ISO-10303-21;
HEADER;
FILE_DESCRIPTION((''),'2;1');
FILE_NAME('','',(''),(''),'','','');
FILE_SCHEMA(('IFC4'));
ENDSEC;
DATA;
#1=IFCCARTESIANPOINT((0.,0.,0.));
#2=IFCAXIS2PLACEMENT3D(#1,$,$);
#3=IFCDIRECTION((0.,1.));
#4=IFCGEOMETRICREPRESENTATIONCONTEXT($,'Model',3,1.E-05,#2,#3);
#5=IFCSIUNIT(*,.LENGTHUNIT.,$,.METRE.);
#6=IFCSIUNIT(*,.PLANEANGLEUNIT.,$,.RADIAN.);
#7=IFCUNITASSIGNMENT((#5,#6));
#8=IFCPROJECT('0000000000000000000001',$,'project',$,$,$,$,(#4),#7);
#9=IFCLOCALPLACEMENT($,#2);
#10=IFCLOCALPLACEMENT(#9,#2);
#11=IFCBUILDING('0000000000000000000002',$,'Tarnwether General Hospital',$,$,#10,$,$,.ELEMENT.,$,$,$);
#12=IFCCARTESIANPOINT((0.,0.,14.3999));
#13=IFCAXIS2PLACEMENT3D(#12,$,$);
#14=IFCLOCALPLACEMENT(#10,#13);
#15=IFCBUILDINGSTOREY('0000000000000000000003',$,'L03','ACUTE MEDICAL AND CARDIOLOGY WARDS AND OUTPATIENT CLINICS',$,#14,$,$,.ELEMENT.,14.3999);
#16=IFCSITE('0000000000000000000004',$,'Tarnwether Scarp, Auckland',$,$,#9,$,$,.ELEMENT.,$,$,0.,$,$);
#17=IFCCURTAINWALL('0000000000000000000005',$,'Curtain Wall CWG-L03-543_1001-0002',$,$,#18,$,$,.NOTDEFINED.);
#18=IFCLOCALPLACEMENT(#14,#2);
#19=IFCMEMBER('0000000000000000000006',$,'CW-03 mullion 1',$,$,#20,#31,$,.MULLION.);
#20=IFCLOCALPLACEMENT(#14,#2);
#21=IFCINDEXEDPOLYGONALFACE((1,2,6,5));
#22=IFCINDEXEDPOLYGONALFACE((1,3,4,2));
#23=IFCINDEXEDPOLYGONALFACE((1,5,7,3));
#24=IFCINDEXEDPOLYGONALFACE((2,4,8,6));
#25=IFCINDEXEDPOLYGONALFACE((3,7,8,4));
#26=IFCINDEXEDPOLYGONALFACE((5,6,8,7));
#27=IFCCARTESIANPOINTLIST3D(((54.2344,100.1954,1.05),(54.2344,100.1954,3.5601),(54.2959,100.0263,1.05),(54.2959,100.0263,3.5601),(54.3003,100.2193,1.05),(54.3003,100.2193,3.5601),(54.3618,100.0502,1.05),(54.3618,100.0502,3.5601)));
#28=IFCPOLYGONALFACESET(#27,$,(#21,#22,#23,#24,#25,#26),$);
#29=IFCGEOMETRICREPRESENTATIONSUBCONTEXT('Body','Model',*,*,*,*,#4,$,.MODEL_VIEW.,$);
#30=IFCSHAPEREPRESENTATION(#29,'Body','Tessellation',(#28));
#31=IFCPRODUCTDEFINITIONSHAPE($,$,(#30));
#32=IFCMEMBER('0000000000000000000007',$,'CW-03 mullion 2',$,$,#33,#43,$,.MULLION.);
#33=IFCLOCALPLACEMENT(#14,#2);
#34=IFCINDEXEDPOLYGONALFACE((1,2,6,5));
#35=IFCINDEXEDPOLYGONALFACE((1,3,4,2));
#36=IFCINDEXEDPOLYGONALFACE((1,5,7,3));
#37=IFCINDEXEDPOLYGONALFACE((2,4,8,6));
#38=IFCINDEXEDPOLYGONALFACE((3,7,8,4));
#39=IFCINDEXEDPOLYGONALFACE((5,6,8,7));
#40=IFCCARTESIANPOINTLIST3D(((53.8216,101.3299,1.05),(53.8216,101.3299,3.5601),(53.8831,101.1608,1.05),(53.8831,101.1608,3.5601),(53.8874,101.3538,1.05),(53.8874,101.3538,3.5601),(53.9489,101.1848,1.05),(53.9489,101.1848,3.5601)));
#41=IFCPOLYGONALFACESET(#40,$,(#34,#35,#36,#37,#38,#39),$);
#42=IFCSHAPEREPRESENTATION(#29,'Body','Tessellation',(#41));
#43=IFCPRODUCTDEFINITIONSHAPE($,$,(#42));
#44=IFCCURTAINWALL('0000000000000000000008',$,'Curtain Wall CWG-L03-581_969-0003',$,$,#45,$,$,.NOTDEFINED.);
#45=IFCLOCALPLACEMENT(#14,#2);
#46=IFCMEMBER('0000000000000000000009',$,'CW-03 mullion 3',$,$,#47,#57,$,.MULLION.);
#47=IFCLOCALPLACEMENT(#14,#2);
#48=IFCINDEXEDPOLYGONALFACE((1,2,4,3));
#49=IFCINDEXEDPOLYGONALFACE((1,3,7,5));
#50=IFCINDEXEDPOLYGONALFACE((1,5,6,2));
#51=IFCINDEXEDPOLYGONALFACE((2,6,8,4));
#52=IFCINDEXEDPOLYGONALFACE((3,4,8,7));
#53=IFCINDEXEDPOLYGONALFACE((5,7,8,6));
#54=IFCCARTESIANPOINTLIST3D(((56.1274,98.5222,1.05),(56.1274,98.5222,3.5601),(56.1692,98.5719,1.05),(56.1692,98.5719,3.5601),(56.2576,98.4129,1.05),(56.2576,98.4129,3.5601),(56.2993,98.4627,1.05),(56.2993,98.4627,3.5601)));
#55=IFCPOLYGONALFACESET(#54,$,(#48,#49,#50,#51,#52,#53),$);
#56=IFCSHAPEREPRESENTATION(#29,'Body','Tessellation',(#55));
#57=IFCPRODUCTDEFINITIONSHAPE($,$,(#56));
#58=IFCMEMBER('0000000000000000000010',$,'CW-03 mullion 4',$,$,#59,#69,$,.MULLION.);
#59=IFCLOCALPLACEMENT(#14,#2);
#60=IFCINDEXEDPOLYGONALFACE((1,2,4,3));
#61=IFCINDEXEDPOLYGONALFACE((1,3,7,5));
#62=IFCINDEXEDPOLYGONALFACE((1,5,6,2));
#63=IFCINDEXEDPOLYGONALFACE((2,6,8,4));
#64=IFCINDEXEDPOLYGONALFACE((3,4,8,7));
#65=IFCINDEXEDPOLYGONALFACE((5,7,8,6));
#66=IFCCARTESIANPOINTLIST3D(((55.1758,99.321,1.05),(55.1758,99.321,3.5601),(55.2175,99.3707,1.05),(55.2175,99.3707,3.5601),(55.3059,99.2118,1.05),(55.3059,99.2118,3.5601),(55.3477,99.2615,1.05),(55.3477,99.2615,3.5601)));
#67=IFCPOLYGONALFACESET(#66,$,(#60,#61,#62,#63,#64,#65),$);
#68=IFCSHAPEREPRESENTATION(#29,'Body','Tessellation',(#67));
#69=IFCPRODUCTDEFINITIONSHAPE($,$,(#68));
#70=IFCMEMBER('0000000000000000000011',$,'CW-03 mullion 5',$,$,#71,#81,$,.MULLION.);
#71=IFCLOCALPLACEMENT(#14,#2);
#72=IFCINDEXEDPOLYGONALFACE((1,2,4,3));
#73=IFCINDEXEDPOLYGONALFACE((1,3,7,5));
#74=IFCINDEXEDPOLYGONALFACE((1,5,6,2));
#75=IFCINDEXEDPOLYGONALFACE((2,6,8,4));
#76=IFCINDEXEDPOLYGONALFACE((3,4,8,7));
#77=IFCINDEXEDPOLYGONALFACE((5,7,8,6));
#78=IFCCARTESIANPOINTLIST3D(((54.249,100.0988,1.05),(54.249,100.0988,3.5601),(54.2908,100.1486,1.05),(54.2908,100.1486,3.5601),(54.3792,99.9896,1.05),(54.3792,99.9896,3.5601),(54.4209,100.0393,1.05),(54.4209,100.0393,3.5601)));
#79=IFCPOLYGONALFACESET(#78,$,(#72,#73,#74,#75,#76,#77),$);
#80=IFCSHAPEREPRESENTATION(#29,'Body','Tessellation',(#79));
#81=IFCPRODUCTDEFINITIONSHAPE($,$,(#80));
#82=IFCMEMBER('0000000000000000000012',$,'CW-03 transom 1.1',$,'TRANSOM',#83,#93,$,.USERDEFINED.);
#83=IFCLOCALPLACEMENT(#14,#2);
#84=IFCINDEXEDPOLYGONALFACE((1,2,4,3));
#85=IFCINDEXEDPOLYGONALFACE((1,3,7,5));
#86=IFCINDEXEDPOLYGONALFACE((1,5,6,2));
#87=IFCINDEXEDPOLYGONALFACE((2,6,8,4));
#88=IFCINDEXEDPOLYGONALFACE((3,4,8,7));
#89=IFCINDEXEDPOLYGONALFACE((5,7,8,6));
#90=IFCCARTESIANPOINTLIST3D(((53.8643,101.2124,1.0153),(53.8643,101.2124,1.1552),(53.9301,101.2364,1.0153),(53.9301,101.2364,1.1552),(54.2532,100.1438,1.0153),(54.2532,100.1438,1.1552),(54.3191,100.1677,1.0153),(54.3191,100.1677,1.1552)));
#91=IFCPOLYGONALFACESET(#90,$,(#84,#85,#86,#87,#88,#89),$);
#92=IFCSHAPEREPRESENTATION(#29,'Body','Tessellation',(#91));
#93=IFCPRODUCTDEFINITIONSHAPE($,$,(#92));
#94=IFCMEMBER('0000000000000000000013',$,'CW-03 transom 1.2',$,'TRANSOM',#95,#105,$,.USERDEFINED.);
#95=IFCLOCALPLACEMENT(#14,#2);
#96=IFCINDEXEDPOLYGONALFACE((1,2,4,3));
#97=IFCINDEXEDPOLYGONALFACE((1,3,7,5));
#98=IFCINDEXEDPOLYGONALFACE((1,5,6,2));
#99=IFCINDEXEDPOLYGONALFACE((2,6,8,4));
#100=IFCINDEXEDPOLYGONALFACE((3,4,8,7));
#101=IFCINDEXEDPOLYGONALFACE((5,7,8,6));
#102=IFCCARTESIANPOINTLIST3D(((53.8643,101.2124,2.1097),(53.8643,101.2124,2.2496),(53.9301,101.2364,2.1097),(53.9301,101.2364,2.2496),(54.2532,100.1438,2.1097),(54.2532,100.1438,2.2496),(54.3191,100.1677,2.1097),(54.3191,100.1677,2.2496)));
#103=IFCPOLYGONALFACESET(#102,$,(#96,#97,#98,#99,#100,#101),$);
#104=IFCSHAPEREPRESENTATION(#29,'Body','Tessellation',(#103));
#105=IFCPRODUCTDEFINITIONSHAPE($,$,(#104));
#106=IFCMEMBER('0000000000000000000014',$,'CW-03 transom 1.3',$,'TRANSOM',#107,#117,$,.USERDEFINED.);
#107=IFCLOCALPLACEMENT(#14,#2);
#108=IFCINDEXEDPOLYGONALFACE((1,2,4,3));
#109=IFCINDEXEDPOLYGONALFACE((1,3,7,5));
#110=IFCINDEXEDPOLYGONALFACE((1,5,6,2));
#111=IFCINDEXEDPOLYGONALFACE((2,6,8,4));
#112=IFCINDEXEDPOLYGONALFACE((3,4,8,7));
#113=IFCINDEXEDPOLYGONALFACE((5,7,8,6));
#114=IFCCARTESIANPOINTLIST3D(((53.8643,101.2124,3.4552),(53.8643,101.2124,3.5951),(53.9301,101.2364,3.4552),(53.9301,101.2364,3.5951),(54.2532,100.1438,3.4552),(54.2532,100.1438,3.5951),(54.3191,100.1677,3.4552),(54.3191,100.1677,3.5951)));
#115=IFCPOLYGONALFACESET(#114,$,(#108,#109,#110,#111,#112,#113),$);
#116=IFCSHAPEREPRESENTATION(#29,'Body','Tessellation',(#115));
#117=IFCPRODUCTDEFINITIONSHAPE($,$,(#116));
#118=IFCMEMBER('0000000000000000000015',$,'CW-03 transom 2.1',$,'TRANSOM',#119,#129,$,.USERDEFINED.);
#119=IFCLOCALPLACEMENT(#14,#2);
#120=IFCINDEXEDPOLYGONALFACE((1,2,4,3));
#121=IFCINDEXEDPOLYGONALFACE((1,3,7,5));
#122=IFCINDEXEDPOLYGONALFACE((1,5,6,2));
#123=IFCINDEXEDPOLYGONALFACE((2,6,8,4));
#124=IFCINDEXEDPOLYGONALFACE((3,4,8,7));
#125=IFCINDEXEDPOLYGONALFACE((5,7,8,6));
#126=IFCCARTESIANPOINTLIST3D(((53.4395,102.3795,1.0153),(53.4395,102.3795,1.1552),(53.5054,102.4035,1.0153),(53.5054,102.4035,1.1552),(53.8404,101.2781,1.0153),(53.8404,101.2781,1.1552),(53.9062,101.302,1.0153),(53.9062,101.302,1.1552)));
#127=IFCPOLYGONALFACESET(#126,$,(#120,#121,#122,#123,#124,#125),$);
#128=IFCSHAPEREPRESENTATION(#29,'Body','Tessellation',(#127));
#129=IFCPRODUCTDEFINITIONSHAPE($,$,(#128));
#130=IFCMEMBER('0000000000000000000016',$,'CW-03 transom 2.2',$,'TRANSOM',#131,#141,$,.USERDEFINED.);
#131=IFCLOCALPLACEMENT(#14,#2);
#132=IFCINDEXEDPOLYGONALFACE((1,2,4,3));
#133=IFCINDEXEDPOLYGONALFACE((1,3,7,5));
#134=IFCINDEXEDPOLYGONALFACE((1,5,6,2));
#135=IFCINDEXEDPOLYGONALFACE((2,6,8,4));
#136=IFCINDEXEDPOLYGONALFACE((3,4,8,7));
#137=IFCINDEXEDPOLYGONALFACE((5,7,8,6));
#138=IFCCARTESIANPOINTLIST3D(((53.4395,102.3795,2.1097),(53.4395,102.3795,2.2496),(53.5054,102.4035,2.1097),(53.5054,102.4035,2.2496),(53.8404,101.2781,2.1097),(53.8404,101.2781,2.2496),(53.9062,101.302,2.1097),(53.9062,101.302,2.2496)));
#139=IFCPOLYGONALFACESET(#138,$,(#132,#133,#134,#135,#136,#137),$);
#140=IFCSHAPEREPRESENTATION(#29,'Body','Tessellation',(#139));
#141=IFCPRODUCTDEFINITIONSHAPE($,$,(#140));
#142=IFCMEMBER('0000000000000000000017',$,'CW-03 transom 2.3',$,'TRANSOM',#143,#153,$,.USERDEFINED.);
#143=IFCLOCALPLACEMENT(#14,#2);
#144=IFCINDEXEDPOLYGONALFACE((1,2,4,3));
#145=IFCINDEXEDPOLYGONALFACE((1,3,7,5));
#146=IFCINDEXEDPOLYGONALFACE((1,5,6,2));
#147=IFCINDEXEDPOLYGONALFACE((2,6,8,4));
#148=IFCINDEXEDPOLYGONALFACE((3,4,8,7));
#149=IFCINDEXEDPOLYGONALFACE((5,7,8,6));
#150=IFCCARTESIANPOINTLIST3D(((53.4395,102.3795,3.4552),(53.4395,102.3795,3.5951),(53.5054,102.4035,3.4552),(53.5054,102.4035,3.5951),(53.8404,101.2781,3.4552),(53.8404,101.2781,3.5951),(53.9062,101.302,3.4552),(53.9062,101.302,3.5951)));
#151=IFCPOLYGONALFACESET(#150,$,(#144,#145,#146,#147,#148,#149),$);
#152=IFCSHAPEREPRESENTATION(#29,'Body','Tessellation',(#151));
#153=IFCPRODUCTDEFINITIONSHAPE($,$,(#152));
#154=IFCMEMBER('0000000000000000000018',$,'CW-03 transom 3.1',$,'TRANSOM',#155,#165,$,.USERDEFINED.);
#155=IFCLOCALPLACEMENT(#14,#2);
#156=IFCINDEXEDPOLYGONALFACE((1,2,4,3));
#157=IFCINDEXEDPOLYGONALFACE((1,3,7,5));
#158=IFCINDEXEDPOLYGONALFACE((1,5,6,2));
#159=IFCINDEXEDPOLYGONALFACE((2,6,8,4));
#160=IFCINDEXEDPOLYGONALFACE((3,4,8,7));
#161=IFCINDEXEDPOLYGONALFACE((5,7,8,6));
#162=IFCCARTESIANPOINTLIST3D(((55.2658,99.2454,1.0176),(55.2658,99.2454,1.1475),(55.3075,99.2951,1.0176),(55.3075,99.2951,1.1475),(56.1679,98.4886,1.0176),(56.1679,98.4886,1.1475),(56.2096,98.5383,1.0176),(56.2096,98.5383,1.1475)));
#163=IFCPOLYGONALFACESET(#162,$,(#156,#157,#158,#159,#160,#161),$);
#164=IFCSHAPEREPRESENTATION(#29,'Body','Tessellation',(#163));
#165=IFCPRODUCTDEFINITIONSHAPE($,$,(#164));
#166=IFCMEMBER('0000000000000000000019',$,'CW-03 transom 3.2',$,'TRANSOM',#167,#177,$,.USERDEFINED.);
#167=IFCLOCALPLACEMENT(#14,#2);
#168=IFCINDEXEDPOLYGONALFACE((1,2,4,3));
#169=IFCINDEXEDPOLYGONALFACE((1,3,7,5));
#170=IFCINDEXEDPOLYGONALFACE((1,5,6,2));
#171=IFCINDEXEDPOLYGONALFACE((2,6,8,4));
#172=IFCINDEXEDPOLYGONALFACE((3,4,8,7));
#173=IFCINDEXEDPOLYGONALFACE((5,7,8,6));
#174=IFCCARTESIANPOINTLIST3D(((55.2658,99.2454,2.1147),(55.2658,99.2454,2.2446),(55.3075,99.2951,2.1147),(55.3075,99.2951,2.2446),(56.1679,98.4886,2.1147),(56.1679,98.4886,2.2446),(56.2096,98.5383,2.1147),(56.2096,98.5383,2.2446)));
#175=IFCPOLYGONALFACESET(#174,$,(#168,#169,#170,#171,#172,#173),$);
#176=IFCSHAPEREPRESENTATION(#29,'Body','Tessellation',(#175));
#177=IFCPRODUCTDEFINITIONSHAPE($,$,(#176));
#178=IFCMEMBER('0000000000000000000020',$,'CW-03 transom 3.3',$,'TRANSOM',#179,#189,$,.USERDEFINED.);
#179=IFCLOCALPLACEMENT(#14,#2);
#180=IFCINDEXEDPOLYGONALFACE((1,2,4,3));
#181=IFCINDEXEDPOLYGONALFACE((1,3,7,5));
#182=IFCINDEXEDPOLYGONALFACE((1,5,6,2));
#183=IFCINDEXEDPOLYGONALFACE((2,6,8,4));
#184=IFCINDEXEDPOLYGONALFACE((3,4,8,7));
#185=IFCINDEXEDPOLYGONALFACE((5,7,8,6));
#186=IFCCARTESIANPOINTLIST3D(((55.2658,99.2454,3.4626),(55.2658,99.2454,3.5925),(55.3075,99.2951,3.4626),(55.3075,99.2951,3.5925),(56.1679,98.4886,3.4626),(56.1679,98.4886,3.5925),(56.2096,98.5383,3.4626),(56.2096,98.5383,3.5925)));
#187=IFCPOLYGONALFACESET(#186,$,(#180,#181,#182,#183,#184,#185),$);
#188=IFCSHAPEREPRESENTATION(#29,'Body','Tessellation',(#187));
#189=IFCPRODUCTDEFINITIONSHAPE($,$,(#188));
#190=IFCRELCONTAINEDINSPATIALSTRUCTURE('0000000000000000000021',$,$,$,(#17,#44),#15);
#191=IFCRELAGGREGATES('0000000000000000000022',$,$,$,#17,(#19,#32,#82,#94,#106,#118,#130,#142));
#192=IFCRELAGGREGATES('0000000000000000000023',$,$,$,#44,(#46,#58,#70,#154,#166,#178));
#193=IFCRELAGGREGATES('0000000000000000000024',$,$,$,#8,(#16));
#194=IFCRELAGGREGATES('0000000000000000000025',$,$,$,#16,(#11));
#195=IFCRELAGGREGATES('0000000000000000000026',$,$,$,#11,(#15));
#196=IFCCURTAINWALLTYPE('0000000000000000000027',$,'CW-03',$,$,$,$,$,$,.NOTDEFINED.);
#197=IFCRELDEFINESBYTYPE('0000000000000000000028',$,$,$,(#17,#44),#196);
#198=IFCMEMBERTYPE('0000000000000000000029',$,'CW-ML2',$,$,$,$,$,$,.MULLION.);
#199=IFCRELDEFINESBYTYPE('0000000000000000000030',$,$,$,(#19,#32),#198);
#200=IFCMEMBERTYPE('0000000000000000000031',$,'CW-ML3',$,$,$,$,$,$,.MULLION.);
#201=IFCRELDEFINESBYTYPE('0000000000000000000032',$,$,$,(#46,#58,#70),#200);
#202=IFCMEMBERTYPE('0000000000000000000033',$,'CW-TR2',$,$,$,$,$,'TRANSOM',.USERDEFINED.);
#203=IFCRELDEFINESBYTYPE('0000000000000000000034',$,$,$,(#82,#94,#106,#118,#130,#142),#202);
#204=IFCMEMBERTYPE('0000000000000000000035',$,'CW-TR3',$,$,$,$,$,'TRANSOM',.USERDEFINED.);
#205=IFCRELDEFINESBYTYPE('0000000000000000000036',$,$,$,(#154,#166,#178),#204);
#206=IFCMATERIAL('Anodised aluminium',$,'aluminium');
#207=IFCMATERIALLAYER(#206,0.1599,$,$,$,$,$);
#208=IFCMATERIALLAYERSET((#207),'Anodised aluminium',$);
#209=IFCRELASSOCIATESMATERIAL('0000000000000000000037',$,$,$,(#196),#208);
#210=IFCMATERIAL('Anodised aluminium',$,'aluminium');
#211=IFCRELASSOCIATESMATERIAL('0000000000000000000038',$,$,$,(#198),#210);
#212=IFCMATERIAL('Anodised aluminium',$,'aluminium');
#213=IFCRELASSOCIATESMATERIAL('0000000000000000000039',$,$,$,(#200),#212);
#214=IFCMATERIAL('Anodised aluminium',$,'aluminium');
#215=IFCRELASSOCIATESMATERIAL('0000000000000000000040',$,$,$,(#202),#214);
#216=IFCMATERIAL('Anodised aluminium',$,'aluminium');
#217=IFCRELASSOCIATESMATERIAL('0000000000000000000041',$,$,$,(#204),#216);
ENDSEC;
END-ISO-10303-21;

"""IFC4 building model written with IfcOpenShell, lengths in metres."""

from ifc_helpers import new_model, si_unit, direction, frame, origin, origin_2d, place, context, subcontext, project, spatial, rectangle, extrude, material, layer, layer_set, material_profile, profile_set, type_object, element, aggregate, save


model = new_model("IFC4")

# Units and contexts
model_context = context("Model", 3, precision=1e-05, world=origin(), true_north=direction((0.0, 1.0)))
body_context = subcontext(model_context, "Body", "Model", "MODEL_VIEW")
ifc_project = project(units=[si_unit("LENGTHUNIT", "METRE"), si_unit("PLANEANGLEUNIT", "RADIAN")], contexts=[model_context])

# Site, building, storey
site_placement = place(None, origin())
site = spatial("IfcSite", under=ifc_project, at=site_placement, Name="Tarnwether Scarp, Auckland", CompositionType="ELEMENT", RefElevation=0.0)
building_placement = place(site_placement, origin())
building = spatial("IfcBuilding", under=site, at=building_placement, Name="Tarnwether General Hospital", CompositionType="ELEMENT")
storey_placement = place(building_placement, frame((0.0, 0.0, 14.3999)))
storey = spatial("IfcBuildingStorey", under=building, at=storey_placement, Name="L03", Description="ACUTE MEDICAL AND CARDIOLOGY WARDS AND OUTPATIENT CLINICS", CompositionType="ELEMENT", Elevation=14.3999)

# Curtain walls, members
ifc_material_1 = material(Name="Anodised aluminium", Category="aluminium")
ifc_layer_1 = layer(ifc_material_1, 0.1599)
ifc_layer_set_1 = layer_set([ifc_layer_1], Name="Anodised aluminium")
curtain_wall_type = type_object("IfcCurtainWallType", Name="CW-03", PredefinedType="NOTDEFINED", material=ifc_layer_set_1)
curtain_wall_1_placement = place(storey_placement, origin())
curtain_wall_1 = element("IfcCurtainWall", 1, at=curtain_wall_1_placement, inside=storey, type_object=curtain_wall_type, Name="Curtain Wall CWG-L03-543_1001-0002", PredefinedType="NOTDEFINED")
ifc_material_2 = material(Name="Anodised aluminium", Category="aluminium")
ifc_material_profile_1 = material_profile(ifc_material_2, rectangle(XDim=0.0701, YDim=0.1799, at=origin_2d()), Name="ALU-MUL-70x180")
ifc_profile_set_1 = profile_set([ifc_material_profile_1], Name="Anodised aluminium")
member_type_1 = type_object("IfcMemberType", Name="CW-ML2", PredefinedType="MULLION", material=ifc_profile_set_1)
member_1_placement = place(storey_placement, frame((54.2981, 100.1228, 1.05), z_axis=(0.0, 0.0, 1.0), x_axis=(-0.939717, -0.341953, 0.0)))
member_1 = element("IfcMember", 2, at=member_1_placement, type_object=member_type_1, Name="CW-03 mullion 1", PredefinedType="MULLION", context=body_context, shape_type="SweptSolid", body=[
    extrude(rectangle(XDim=0.0701, YDim=0.1799, at=origin_2d()), origin(), (0.0, 0.0, 1.0), 2.51),
])
member_2_placement = place(storey_placement, frame((53.8853, 101.2573, 1.05), z_axis=(0.0, 0.0, 1.0), x_axis=(-0.939717, -0.341953, 0.0)))
member_2 = element("IfcMember", 3, at=member_2_placement, type_object=member_type_1, Name="CW-03 mullion 2", PredefinedType="MULLION", context=body_context, shape_type="SweptSolid", body=[
    extrude(rectangle(XDim=0.0701, YDim=0.1799, at=origin_2d()), origin(), (0.0, 0.0, 1.0), 2.51),
])
curtain_wall_2_placement = place(storey_placement, origin())
curtain_wall_2 = element("IfcCurtainWall", 4, at=curtain_wall_2_placement, inside=storey, type_object=curtain_wall_type, Name="Curtain Wall CWG-L03-581_969-0003", PredefinedType="NOTDEFINED")
ifc_material_3 = material(Name="Anodised aluminium", Category="aluminium")
ifc_material_profile_2 = material_profile(ifc_material_3, rectangle(XDim=0.0649, YDim=0.1699, at=origin_2d()), Name="ALU-MUL-65x170")
ifc_profile_set_2 = profile_set([ifc_material_profile_2], Name="Anodised aluminium")
member_type_2 = type_object("IfcMemberType", Name="CW-ML3", PredefinedType="MULLION", material=ifc_profile_set_2)
member_3_placement = place(storey_placement, frame((56.2134, 98.4924, 1.05), z_axis=(0.0, 0.0, 1.0), x_axis=(-0.642852, -0.76599, 0.0)))
member_3 = element("IfcMember", 5, at=member_3_placement, type_object=member_type_2, Name="CW-03 mullion 3", PredefinedType="MULLION", context=body_context, shape_type="SweptSolid", body=[
    extrude(rectangle(XDim=0.0649, YDim=0.1699, at=origin_2d()), origin(), (0.0, 0.0, 1.0), 2.51),
])
member_4_placement = place(storey_placement, frame((55.2617, 99.2913, 1.05), z_axis=(0.0, 0.0, 1.0), x_axis=(-0.642852, -0.76599, 0.0)))
member_4 = element("IfcMember", 6, at=member_4_placement, type_object=member_type_2, Name="CW-03 mullion 4", PredefinedType="MULLION", context=body_context, shape_type="SweptSolid", body=[
    extrude(rectangle(XDim=0.0649, YDim=0.1699, at=origin_2d()), origin(), (0.0, 0.0, 1.0), 2.51),
])
member_5_placement = place(storey_placement, frame((54.335, 100.0691, 1.05), z_axis=(0.0, 0.0, 1.0), x_axis=(-0.642852, -0.76599, 0.0)))
member_5 = element("IfcMember", 7, at=member_5_placement, type_object=member_type_2, Name="CW-03 mullion 5", PredefinedType="MULLION", context=body_context, shape_type="SweptSolid", body=[
    extrude(rectangle(XDim=0.0649, YDim=0.1699, at=origin_2d()), origin(), (0.0, 0.0, 1.0), 2.51),
])

# Members
ifc_material_4 = material(Name="Anodised aluminium", Category="aluminium")
ifc_material_profile_3 = material_profile(ifc_material_4, rectangle(XDim=0.0701, YDim=0.1399, at=origin_2d()), Name="ALU-TRN-70x140")
ifc_profile_set_3 = profile_set([ifc_material_profile_3], Name="Anodised aluminium")
member_type_3 = type_object("IfcMemberType", Name="CW-TR2", ElementType="TRANSOM", PredefinedType="USERDEFINED", material=ifc_profile_set_3)
member_6_placement = place(storey_placement, frame((54.2861, 100.1558, 1.0852), z_axis=(-0.342002, 0.939699, 0.0), x_axis=(-0.939699, -0.342002, 0.0)))
member_6 = element("IfcMember", 8, at=member_6_placement, type_object=member_type_3, Name="CW-03 transom 1.1", ObjectType="TRANSOM", PredefinedType="USERDEFINED", context=body_context, shape_type="SweptSolid", body=[
    extrude(rectangle(XDim=0.0701, YDim=0.1399, at=origin_2d()), origin(), (0.0, 0.0, 1.0), 1.1372),
])
member_7_placement = place(storey_placement, frame((54.2861, 100.1558, 2.1797), z_axis=(-0.342002, 0.939699, 0.0), x_axis=(-0.939699, -0.342002, 0.0)))
member_7 = element("IfcMember", 9, at=member_7_placement, type_object=member_type_3, Name="CW-03 transom 1.2", ObjectType="TRANSOM", PredefinedType="USERDEFINED", context=body_context, shape_type="SweptSolid", body=[
    extrude(rectangle(XDim=0.0701, YDim=0.1399, at=origin_2d()), origin(), (0.0, 0.0, 1.0), 1.1372),
])
member_8_placement = place(storey_placement, frame((54.2861, 100.1558, 3.5251), z_axis=(-0.342002, 0.939699, 0.0), x_axis=(-0.939699, -0.342002, 0.0)))
member_8 = element("IfcMember", 10, at=member_8_placement, type_object=member_type_3, Name="CW-03 transom 1.3", ObjectType="TRANSOM", PredefinedType="USERDEFINED", context=body_context, shape_type="SweptSolid", body=[
    extrude(rectangle(XDim=0.0701, YDim=0.1399, at=origin_2d()), origin(), (0.0, 0.0, 1.0), 1.1372),
])
member_9_placement = place(storey_placement, frame((53.8733, 101.29, 1.0852), z_axis=(-0.341977, 0.939708, 0.0), x_axis=(-0.939708, -0.341977, 0.0)))
member_9 = element("IfcMember", 11, at=member_9_placement, type_object=member_type_3, Name="CW-03 transom 2.1", ObjectType="TRANSOM", PredefinedType="USERDEFINED", context=body_context, shape_type="SweptSolid", body=[
    extrude(rectangle(XDim=0.0701, YDim=0.1399, at=origin_2d()), origin(), (0.0, 0.0, 1.0), 1.1721),
])
member_10_placement = place(storey_placement, frame((53.8733, 101.29, 2.1797), z_axis=(-0.341977, 0.939708, 0.0), x_axis=(-0.939708, -0.341977, 0.0)))
member_10 = element("IfcMember", 12, at=member_10_placement, type_object=member_type_3, Name="CW-03 transom 2.2", ObjectType="TRANSOM", PredefinedType="USERDEFINED", context=body_context, shape_type="SweptSolid", body=[
    extrude(rectangle(XDim=0.0701, YDim=0.1399, at=origin_2d()), origin(), (0.0, 0.0, 1.0), 1.1721),
])
member_11_placement = place(storey_placement, frame((53.8733, 101.29, 3.5251), z_axis=(-0.341977, 0.939708, 0.0), x_axis=(-0.939708, -0.341977, 0.0)))
member_11 = element("IfcMember", 13, at=member_11_placement, type_object=member_type_3, Name="CW-03 transom 2.3", ObjectType="TRANSOM", PredefinedType="USERDEFINED", context=body_context, shape_type="SweptSolid", body=[
    extrude(rectangle(XDim=0.0701, YDim=0.1399, at=origin_2d()), origin(), (0.0, 0.0, 1.0), 1.1721),
])
ifc_material_5 = material(Name="Anodised aluminium", Category="aluminium")
ifc_material_profile_4 = material_profile(ifc_material_5, rectangle(XDim=0.0649, YDim=0.1299, at=origin_2d()), Name="ALU-TRN-65x130")
ifc_profile_set_4 = profile_set([ifc_material_profile_4], Name="Anodised aluminium")
member_type_4 = type_object("IfcMemberType", Name="CW-TR3", ElementType="TRANSOM", PredefinedType="USERDEFINED", material=ifc_profile_set_4)
member_12_placement = place(storey_placement, frame((56.1887, 98.5134, 1.0825), z_axis=(-0.766093, 0.64273, 0.0), x_axis=(-0.64273, -0.766093, 0.0)))
member_12 = element("IfcMember", 14, at=member_12_placement, type_object=member_type_4, Name="CW-03 transom 3.1", ObjectType="TRANSOM", PredefinedType="USERDEFINED", context=body_context, shape_type="SweptSolid", body=[
    extrude(rectangle(XDim=0.0649, YDim=0.1299, at=origin_2d()), origin(), (0.0, 0.0, 1.0), 1.1775),
])
member_13_placement = place(storey_placement, frame((56.1887, 98.5134, 2.1797), z_axis=(-0.766093, 0.64273, 0.0), x_axis=(-0.64273, -0.766093, 0.0)))
member_13 = element("IfcMember", 15, at=member_13_placement, type_object=member_type_4, Name="CW-03 transom 3.2", ObjectType="TRANSOM", PredefinedType="USERDEFINED", context=body_context, shape_type="SweptSolid", body=[
    extrude(rectangle(XDim=0.0649, YDim=0.1299, at=origin_2d()), origin(), (0.0, 0.0, 1.0), 1.1775),
])
member_14_placement = place(storey_placement, frame((56.1887, 98.5134, 3.5276), z_axis=(-0.766093, 0.64273, 0.0), x_axis=(-0.64273, -0.766093, 0.0)))
member_14 = element("IfcMember", 16, at=member_14_placement, type_object=member_type_4, Name="CW-03 transom 3.3", ObjectType="TRANSOM", PredefinedType="USERDEFINED", context=body_context, shape_type="SweptSolid", body=[
    extrude(rectangle(XDim=0.0649, YDim=0.1299, at=origin_2d()), origin(), (0.0, 0.0, 1.0), 1.1775),
])

aggregate(curtain_wall_1, [member_1, member_2, member_6, member_7, member_8, member_9, member_10, member_11])
aggregate(curtain_wall_2, [member_3, member_4, member_5, member_12, member_13, member_14])

save(model, "model.ifc")
